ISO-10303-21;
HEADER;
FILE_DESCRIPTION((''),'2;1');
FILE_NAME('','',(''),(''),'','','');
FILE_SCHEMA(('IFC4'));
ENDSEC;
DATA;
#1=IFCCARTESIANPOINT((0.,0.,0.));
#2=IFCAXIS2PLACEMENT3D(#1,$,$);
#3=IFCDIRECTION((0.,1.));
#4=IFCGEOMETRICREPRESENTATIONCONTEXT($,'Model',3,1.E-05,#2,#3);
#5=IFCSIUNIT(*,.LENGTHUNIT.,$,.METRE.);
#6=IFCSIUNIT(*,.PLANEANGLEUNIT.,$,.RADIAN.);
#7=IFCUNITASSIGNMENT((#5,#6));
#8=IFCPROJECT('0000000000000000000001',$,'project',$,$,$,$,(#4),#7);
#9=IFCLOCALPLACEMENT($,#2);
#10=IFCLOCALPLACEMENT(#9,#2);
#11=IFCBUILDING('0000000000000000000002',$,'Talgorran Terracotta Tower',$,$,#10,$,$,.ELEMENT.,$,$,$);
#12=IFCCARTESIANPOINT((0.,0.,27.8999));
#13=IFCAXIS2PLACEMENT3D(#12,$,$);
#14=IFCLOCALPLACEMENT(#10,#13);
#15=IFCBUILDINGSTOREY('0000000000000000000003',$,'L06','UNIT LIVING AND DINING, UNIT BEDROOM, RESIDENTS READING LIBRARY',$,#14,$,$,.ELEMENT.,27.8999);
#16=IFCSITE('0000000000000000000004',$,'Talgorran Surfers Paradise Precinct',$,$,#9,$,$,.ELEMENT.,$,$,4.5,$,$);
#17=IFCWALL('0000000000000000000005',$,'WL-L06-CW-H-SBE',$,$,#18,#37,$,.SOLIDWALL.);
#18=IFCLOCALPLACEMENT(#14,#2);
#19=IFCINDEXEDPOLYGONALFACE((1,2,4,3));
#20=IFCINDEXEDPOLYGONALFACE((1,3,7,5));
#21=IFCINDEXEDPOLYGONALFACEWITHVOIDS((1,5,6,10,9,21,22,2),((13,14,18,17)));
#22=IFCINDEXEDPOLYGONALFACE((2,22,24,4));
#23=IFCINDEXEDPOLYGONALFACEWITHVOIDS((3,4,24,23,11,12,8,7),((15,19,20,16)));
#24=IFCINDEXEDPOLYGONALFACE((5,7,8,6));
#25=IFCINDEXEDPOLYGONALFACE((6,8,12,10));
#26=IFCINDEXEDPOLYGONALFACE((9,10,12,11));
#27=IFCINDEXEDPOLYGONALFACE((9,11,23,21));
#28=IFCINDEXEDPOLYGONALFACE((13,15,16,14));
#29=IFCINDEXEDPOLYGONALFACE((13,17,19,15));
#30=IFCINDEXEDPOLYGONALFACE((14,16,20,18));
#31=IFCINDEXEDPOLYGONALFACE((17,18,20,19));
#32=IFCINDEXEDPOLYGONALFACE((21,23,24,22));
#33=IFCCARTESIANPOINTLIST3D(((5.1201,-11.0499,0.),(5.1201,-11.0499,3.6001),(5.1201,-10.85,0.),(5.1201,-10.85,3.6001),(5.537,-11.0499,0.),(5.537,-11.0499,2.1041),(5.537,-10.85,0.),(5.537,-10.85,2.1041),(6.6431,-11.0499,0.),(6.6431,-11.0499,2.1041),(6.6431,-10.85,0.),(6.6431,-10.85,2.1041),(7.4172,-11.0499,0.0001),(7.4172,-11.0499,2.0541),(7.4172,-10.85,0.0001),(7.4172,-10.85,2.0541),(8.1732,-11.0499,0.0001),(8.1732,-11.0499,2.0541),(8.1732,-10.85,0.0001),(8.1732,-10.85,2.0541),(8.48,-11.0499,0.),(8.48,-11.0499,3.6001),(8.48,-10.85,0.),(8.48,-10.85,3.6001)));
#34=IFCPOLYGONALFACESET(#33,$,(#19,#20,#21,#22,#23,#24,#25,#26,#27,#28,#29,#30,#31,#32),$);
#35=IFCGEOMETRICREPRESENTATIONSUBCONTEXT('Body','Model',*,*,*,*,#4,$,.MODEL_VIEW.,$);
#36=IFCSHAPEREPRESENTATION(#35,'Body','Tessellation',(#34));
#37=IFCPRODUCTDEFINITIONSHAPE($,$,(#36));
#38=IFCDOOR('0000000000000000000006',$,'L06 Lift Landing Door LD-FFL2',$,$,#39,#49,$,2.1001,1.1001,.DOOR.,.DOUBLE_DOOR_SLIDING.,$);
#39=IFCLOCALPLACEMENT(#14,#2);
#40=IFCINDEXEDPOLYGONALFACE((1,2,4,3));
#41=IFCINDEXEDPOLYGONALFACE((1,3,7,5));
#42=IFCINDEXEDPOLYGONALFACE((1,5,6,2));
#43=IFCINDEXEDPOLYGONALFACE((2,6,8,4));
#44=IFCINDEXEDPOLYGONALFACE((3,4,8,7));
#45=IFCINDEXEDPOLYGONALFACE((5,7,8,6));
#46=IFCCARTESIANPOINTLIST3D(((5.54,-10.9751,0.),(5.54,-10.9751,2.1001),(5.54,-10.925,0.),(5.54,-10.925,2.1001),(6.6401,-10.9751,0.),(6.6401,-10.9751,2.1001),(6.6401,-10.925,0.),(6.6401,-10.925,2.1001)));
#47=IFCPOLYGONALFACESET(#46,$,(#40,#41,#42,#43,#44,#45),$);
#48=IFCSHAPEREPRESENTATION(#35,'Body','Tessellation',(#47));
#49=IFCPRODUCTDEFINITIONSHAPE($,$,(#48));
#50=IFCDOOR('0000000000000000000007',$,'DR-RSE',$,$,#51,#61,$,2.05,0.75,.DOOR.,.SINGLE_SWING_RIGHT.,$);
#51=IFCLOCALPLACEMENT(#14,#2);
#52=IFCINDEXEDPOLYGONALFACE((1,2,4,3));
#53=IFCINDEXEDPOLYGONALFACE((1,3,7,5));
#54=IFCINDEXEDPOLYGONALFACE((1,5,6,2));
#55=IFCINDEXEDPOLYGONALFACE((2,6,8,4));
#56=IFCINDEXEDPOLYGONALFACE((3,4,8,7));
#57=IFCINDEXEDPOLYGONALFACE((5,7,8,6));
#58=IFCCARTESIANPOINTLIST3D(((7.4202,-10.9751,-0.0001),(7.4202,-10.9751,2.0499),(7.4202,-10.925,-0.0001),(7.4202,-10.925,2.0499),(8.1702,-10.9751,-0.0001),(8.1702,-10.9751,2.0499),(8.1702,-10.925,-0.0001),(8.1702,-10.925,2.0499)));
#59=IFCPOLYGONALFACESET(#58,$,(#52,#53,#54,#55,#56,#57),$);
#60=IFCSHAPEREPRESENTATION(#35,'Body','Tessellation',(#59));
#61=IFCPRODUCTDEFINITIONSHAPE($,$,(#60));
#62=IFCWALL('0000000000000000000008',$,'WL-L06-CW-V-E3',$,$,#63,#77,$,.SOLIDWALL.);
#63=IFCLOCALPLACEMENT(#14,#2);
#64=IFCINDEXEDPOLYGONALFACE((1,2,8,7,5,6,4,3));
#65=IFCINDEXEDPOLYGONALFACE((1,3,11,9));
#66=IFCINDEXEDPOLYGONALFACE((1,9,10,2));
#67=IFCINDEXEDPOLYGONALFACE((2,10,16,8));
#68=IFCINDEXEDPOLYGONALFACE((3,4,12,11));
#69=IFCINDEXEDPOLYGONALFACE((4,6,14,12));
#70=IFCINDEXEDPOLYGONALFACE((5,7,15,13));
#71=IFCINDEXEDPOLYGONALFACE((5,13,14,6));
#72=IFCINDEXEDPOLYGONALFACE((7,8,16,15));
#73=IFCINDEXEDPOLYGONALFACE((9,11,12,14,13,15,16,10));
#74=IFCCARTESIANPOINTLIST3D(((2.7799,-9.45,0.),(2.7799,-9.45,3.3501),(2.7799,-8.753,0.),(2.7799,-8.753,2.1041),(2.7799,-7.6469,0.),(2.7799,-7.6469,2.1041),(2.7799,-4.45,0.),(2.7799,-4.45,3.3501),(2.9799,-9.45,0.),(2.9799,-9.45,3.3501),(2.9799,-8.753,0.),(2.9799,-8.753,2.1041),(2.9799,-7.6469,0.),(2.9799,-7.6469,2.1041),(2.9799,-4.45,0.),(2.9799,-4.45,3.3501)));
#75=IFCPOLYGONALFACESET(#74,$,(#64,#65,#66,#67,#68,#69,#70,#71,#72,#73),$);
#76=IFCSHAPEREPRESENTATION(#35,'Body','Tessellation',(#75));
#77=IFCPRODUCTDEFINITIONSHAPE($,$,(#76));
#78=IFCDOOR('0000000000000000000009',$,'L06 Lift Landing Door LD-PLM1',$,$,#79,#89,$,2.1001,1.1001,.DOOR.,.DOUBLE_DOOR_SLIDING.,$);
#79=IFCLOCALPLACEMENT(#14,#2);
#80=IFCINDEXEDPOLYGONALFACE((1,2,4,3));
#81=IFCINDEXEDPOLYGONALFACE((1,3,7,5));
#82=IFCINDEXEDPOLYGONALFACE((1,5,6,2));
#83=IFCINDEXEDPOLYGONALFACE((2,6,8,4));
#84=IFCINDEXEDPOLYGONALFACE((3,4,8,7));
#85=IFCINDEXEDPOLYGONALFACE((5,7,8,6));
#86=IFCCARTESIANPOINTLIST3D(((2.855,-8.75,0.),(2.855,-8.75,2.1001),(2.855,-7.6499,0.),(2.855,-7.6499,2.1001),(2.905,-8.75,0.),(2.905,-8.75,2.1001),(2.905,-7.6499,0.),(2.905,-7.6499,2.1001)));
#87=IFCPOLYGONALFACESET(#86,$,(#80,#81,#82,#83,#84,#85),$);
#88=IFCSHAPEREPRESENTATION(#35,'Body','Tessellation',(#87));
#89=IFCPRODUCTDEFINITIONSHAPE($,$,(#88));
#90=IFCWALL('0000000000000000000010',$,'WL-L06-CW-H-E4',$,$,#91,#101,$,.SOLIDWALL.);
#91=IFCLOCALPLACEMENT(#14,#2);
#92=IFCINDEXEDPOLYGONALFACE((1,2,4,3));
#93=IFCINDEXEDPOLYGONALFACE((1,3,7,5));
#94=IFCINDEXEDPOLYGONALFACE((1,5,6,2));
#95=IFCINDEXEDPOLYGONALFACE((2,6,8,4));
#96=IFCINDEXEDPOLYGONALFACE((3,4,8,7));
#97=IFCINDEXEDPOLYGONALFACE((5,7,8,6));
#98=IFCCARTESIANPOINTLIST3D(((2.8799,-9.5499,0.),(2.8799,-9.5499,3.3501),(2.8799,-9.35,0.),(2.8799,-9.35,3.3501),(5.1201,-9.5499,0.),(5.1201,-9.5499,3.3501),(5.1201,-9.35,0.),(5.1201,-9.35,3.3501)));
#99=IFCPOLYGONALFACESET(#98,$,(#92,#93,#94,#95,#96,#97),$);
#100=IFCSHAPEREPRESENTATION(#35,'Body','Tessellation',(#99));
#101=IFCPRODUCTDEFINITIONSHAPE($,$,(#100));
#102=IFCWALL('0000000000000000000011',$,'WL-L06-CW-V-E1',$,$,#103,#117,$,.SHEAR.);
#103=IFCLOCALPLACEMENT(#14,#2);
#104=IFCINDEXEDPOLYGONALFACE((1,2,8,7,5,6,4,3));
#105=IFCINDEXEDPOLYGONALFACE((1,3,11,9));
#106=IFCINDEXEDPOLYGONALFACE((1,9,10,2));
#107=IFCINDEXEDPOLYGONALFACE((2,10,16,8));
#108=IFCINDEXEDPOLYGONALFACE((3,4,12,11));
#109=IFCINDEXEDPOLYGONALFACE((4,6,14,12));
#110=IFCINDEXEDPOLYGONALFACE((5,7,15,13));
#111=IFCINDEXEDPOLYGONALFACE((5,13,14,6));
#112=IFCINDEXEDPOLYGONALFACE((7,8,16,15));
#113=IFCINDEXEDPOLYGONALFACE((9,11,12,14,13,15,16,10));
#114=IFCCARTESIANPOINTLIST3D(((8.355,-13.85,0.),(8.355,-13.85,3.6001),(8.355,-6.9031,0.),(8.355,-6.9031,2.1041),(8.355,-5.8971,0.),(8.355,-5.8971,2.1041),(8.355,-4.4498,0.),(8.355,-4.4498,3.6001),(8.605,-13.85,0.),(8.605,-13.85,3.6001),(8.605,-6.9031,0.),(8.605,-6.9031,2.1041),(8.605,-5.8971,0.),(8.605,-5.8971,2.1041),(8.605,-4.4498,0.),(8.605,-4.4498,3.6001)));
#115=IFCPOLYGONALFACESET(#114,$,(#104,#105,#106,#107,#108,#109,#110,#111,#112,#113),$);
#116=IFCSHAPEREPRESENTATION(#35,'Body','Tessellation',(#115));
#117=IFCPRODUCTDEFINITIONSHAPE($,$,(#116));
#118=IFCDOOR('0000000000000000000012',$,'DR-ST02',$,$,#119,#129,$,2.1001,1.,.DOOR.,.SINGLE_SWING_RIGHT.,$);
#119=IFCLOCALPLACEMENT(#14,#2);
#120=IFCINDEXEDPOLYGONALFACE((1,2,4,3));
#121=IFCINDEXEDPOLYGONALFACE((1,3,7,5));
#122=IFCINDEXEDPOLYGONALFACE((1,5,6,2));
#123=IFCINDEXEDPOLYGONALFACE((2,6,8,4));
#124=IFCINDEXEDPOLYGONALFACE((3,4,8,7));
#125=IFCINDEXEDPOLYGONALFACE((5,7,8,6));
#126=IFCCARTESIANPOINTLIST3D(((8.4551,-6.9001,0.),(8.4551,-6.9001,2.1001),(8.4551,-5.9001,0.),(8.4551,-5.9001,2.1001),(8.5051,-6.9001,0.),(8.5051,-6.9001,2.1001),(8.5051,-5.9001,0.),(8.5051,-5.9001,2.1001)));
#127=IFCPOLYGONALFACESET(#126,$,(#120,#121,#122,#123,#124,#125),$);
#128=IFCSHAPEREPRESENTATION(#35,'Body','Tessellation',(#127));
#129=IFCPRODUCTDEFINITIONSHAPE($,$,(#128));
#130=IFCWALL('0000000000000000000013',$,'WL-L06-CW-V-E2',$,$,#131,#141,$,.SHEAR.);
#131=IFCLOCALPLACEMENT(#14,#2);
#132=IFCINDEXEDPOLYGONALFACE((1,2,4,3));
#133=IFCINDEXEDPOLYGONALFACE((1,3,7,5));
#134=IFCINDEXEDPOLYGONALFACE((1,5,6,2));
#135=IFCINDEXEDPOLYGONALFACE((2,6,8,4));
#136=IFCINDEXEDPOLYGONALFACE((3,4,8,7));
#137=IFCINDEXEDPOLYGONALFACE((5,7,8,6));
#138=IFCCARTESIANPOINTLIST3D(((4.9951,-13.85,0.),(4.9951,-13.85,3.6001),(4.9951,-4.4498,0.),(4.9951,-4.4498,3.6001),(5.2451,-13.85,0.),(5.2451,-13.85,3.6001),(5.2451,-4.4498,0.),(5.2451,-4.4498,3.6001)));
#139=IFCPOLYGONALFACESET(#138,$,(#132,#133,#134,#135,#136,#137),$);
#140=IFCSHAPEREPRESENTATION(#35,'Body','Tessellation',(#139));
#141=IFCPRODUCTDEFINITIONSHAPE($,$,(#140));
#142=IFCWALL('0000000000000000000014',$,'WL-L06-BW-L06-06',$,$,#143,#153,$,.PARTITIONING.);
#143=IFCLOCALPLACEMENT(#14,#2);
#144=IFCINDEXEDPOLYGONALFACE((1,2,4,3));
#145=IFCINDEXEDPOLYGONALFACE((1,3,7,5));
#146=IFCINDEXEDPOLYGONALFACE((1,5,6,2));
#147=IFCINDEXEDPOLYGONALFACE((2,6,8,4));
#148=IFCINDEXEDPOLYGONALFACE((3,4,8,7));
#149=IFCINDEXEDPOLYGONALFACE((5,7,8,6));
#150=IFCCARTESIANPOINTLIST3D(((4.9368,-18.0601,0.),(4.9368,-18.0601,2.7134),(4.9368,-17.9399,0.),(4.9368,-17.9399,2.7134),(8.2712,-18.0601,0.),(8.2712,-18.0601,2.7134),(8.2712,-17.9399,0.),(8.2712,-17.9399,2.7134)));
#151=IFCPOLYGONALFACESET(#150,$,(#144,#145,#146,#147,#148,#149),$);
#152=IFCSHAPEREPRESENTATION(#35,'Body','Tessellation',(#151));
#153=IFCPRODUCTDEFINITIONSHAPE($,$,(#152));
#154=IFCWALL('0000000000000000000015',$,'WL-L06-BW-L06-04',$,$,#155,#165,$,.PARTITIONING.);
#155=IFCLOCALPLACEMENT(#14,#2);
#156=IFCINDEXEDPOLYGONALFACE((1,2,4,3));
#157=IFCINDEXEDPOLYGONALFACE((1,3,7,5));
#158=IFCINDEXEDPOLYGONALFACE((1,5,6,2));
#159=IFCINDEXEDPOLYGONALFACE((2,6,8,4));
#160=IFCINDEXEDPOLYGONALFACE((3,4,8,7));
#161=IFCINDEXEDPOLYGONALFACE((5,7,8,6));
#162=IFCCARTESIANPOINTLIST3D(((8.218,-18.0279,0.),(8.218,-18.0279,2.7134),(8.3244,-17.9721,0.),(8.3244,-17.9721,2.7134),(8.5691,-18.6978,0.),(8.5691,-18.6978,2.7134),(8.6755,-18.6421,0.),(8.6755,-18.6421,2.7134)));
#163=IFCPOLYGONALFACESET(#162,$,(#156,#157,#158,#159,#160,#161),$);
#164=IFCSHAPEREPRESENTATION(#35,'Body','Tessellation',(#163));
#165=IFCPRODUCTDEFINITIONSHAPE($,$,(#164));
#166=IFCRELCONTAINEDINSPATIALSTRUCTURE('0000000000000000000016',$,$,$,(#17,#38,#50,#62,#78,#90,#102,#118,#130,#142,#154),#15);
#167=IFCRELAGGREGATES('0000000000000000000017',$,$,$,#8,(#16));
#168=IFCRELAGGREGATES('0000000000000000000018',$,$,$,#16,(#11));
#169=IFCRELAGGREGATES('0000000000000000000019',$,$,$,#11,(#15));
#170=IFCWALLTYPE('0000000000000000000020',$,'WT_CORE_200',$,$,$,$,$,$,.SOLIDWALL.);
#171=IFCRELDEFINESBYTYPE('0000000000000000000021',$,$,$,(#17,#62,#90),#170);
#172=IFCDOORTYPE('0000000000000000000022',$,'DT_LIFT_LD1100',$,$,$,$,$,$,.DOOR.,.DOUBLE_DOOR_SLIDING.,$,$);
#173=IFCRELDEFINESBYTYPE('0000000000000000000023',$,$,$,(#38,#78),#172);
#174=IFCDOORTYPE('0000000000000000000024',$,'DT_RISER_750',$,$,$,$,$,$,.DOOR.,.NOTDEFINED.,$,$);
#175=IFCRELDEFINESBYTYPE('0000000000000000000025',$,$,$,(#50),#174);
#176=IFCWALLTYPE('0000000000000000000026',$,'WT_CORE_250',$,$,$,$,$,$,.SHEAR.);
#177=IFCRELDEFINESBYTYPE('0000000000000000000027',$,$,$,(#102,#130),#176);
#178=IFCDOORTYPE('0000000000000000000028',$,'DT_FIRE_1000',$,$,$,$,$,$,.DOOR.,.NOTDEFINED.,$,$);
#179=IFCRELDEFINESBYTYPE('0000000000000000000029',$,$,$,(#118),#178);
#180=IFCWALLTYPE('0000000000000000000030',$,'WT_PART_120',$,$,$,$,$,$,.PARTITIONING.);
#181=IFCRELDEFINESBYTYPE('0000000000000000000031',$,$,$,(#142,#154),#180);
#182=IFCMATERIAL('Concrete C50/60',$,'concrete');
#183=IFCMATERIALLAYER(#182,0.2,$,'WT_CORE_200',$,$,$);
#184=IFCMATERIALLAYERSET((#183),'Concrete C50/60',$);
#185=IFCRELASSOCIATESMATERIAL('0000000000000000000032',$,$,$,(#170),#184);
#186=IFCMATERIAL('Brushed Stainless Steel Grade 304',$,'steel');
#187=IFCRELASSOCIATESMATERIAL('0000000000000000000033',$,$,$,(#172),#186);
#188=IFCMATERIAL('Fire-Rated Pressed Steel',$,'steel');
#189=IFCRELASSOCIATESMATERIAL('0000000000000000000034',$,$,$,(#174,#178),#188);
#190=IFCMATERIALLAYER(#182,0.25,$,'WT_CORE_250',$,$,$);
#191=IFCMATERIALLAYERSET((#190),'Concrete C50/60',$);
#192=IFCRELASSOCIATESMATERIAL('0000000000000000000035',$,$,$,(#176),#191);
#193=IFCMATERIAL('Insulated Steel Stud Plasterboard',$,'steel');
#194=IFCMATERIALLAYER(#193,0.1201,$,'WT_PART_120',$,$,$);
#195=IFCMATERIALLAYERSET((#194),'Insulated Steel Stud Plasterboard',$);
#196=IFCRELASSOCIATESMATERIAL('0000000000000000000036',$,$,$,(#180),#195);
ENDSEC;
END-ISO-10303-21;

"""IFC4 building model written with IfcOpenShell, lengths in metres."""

from ifc_helpers import new_model, si_unit, direction, frame, frame_2d, origin, place, context, subcontext, project, spatial, rectangle, extrude, material, layer, layer_set, type_object, element, fill, save


model = new_model("IFC4")

# Units and contexts
model_context = context("Model", 3, precision=1e-05, world=origin(), true_north=direction((0.0, 1.0)))
body_context = subcontext(model_context, "Body", "Model", "MODEL_VIEW")
ifc_project = project(units=[si_unit("LENGTHUNIT", "METRE"), si_unit("PLANEANGLEUNIT", "RADIAN")], contexts=[model_context])

# Site, building, storey
site_placement = place(None, origin())
site = spatial("IfcSite", under=ifc_project, at=site_placement, Name="Talgorran Surfers Paradise Precinct", CompositionType="ELEMENT", RefElevation=4.5)
building_placement = place(site_placement, origin())
building = spatial("IfcBuilding", under=site, at=building_placement, Name="Talgorran Terracotta Tower", CompositionType="ELEMENT")
storey_placement = place(building_placement, frame((0.0, 0.0, 27.8999)))
storey = spatial("IfcBuildingStorey", under=building, at=storey_placement, Name="L06", Description="UNIT LIVING AND DINING, UNIT BEDROOM, RESIDENTS READING LIBRARY", CompositionType="ELEMENT", Elevation=27.8999)

# Shared definitions
ifc_material_1 = material(Name="Concrete C50/60", Category="concrete")
ifc_layer_1 = layer(ifc_material_1, 0.2, Name="WT_CORE_200")
ifc_layer_set_1 = layer_set([ifc_layer_1], Name="Concrete C50/60")
wall_type_1 = type_object("IfcWallType", Name="WT_CORE_200", PredefinedType="SOLIDWALL", material=ifc_layer_set_1)

# Wall, openings, doors
wall_1_placement = place(storey_placement, frame((5.1201, -10.95, 0.0), z_axis=(0.0, 0.0, 1.0), x_axis=(1.0, 0.0, 0.0)))
wall_1 = element("IfcWall", 1, at=wall_1_placement, inside=storey, type_object=wall_type_1, Name="WL-L06-CW-H-SBE", PredefinedType="SOLIDWALL", context=body_context, shape_type="SweptSolid", body=[
    extrude(rectangle(XDim=3.3599, YDim=0.2, at=frame_2d((1.6799, 0.0))), origin(), (0.0, 0.0, 1.0), 3.6001),
])
opening_1_placement = place(wall_1_placement, frame((0.4199, 0.0, 0.0)))
opening_1 = element("IfcOpeningElement", 2, at=opening_1_placement, cuts=wall_1, PredefinedType="OPENING", context=body_context, shape_type="SweptSolid", body=[
    extrude(rectangle(XDim=1.1061, YDim=2.1041, at=frame_2d((0.55, 1.052))), frame((0.0, 0.1099, 0.0), z_axis=(0.0, -1.0, 0.0), x_axis=(1.0, 0.0, 0.0)), (0.0, 0.0, 1.0), 0.22),
])
opening_2_placement = place(wall_1_placement, frame((2.3, 0.0, 0.0)))
opening_2 = element("IfcOpeningElement", 3, at=opening_2_placement, cuts=wall_1, PredefinedType="OPENING", context=body_context, shape_type="SweptSolid", body=[
    extrude(rectangle(XDim=0.756, YDim=2.054, at=frame_2d((0.375, 1.0271))), frame((0.0, 0.1099, 0.0), z_axis=(0.0, -1.0, 0.0), x_axis=(1.0, 0.0, 0.0)), (0.0, 0.0, 1.0), 0.22),
])
ifc_material_2 = material(Name="Brushed Stainless Steel Grade 304", Category="steel")
door_type_1 = type_object("IfcDoorType", Name="DT_LIFT_LD1100", OperationType="DOUBLE_DOOR_SLIDING", PredefinedType="DOOR", material=ifc_material_2)
door_1_placement = place(opening_1_placement, origin())
door_1 = element("IfcDoor", 4, at=door_1_placement, inside=storey, type_object=door_type_1, Name="L06 Lift Landing Door LD-FFL2", OperationType="DOUBLE_DOOR_SLIDING", OverallHeight=2.1001, OverallWidth=1.1001, PredefinedType="DOOR", context=body_context, shape_type="SweptSolid", body=[
    extrude(rectangle(XDim=1.1001, YDim=2.1001, at=frame_2d((0.55, 1.05))), frame((0.0, 0.0249, 0.0), z_axis=(0.0, -1.0, 0.0), x_axis=(1.0, 0.0, 0.0)), (0.0, 0.0, 1.0), 0.05),
])
fill(opening_1, door_1)
ifc_material_3 = material(Name="Fire-Rated Pressed Steel", Category="steel")
door_type_2 = type_object("IfcDoorType", Name="DT_RISER_750", OperationType="NOTDEFINED", PredefinedType="DOOR", material=ifc_material_3)
door_2_placement = place(opening_2_placement, origin())
door_2 = element("IfcDoor", 5, at=door_2_placement, inside=storey, type_object=door_type_2, Name="DR-RSE", OperationType="SINGLE_SWING_RIGHT", OverallHeight=2.05, OverallWidth=0.75, PredefinedType="DOOR", context=body_context, shape_type="SweptSolid", body=[
    extrude(rectangle(XDim=0.75, YDim=2.05, at=frame_2d((0.375, 1.0249))), frame((0.0, 0.0249, 0.0), z_axis=(0.0, -1.0, 0.0), x_axis=(1.0, 0.0, 0.0)), (0.0, 0.0, 1.0), 0.05),
])
fill(opening_2, door_2)

# Wall, opening, door
wall_2_placement = place(storey_placement, frame((2.8799, -9.45, 0.0), z_axis=(0.0, 0.0, 1.0), x_axis=(0.0, 1.0, 0.0)))
wall_2 = element("IfcWall", 6, at=wall_2_placement, inside=storey, type_object=wall_type_1, Name="WL-L06-CW-V-E3", PredefinedType="SOLIDWALL", context=body_context, shape_type="SweptSolid", body=[
    extrude(rectangle(XDim=5.0, YDim=0.2, at=frame_2d((2.5, 0.0))), origin(), (0.0, 0.0, 1.0), 3.3501),
])
opening_3_placement = place(wall_2_placement, frame((0.7, 0.0, 0.0)))
opening_3 = element("IfcOpeningElement", 7, at=opening_3_placement, cuts=wall_2, PredefinedType="OPENING", context=body_context, shape_type="SweptSolid", body=[
    extrude(rectangle(XDim=1.1061, YDim=2.1041, at=frame_2d((0.55, 1.052))), frame((0.0, 0.1099, 0.0), z_axis=(0.0, -1.0, 0.0), x_axis=(1.0, 0.0, 0.0)), (0.0, 0.0, 1.0), 0.22),
])
door_3_placement = place(opening_3_placement, origin())
door_3 = element("IfcDoor", 8, at=door_3_placement, inside=storey, type_object=door_type_1, Name="L06 Lift Landing Door LD-PLM1", OperationType="DOUBLE_DOOR_SLIDING", OverallHeight=2.1001, OverallWidth=1.1001, PredefinedType="DOOR", context=body_context, shape_type="SweptSolid", body=[
    extrude(rectangle(XDim=1.1001, YDim=2.1001, at=frame_2d((0.55, 1.05))), frame((0.0, 0.0249, 0.0), z_axis=(0.0, -1.0, 0.0), x_axis=(1.0, 0.0, 0.0)), (0.0, 0.0, 1.0), 0.05),
])
fill(opening_3, door_3)

# Wall
wall_3_placement = place(storey_placement, frame((2.8799, -9.45, 0.0), z_axis=(0.0, 0.0, 1.0), x_axis=(1.0, 0.0, 0.0)))
element("IfcWall", 9, at=wall_3_placement, inside=storey, type_object=wall_type_1, Name="WL-L06-CW-H-E4", PredefinedType="SOLIDWALL", context=body_context, shape_type="SweptSolid", body=[
    extrude(rectangle(XDim=2.2402, YDim=0.2, at=frame_2d((1.1201, 0.0))), origin(), (0.0, 0.0, 1.0), 3.3501),
])

# Wall, opening, door
ifc_layer_2 = layer(ifc_material_1, 0.25, Name="WT_CORE_250")
ifc_layer_set_2 = layer_set([ifc_layer_2], Name="Concrete C50/60")
wall_type_2 = type_object("IfcWallType", Name="WT_CORE_250", PredefinedType="SHEAR", material=ifc_layer_set_2)
wall_4_placement = place(storey_placement, frame((8.48, -13.8501, 0.0), z_axis=(0.0, 0.0, 1.0), x_axis=(0.0, 1.0, 0.0)))
wall_4 = element("IfcWall", 10, at=wall_4_placement, inside=storey, type_object=wall_type_2, Name="WL-L06-CW-V-E1", PredefinedType="SHEAR", context=body_context, shape_type="SweptSolid", body=[
    extrude(rectangle(XDim=9.4001, YDim=0.25, at=frame_2d((4.7002, 0.0))), origin(), (0.0, 0.0, 1.0), 3.6001),
])
opening_4_placement = place(wall_4_placement, frame((6.95, 0.0, 0.0)))
opening_4 = element("IfcOpeningElement", 11, at=opening_4_placement, cuts=wall_4, PredefinedType="OPENING", context=body_context, shape_type="SweptSolid", body=[
    extrude(rectangle(XDim=1.006, YDim=2.1041, at=frame_2d((0.5, 1.052))), frame((0.0, 0.135, 0.0), z_axis=(0.0, -1.0, 0.0), x_axis=(1.0, 0.0, 0.0)), (0.0, 0.0, 1.0), 0.27),
])
door_type_3 = type_object("IfcDoorType", Name="DT_FIRE_1000", OperationType="NOTDEFINED", PredefinedType="DOOR", material=ifc_material_3)
door_4_placement = place(opening_4_placement, origin())
door_4 = element("IfcDoor", 12, at=door_4_placement, inside=storey, type_object=door_type_3, Name="DR-ST02", OperationType="SINGLE_SWING_RIGHT", OverallHeight=2.1001, OverallWidth=1.0, PredefinedType="DOOR", context=body_context, shape_type="SweptSolid", body=[
    extrude(rectangle(XDim=1.0, YDim=2.1001, at=frame_2d((0.5, 1.05))), frame((0.0, 0.0249, 0.0), z_axis=(0.0, -1.0, 0.0), x_axis=(1.0, 0.0, 0.0)), (0.0, 0.0, 1.0), 0.05),
])
fill(opening_4, door_4)

# Walls
wall_5_placement = place(storey_placement, frame((5.1201, -13.8501, 0.0), z_axis=(0.0, 0.0, 1.0), x_axis=(0.0, 1.0, 0.0)))
element("IfcWall", 13, at=wall_5_placement, inside=storey, type_object=wall_type_2, Name="WL-L06-CW-V-E2", PredefinedType="SHEAR", context=body_context, shape_type="SweptSolid", body=[
    extrude(rectangle(XDim=9.4001, YDim=0.25, at=frame_2d((4.7002, 0.0))), origin(), (0.0, 0.0, 1.0), 3.6001),
])
ifc_material_4 = material(Name="Insulated Steel Stud Plasterboard", Category="steel")
ifc_layer_3 = layer(ifc_material_4, 0.1201, Name="WT_PART_120")
ifc_layer_set_3 = layer_set([ifc_layer_3], Name="Insulated Steel Stud Plasterboard")
wall_type_3 = type_object("IfcWallType", Name="WT_PART_120", PredefinedType="PARTITIONING", material=ifc_layer_set_3)
wall_6_placement = place(storey_placement, frame((4.9368, -18.0, 0.0), z_axis=(0.0, 0.0, 1.0), x_axis=(1.0, 0.0, 0.0)))
element("IfcWall", 14, at=wall_6_placement, inside=storey, type_object=wall_type_3, Name="WL-L06-BW-L06-06", PredefinedType="PARTITIONING", context=body_context, shape_type="SweptSolid", body=[
    extrude(rectangle(XDim=3.3345, YDim=0.1201, at=frame_2d((1.6672, 0.0))), origin(), (0.0, 0.0, 1.0), 2.7134),
])
wall_7_placement = place(storey_placement, frame((8.2712, -18.0, 0.0), z_axis=(0.0, 0.0, 1.0), x_axis=(0.464176, -0.885743, 0.0)))
element("IfcWall", 15, at=wall_7_placement, inside=storey, type_object=wall_type_3, Name="WL-L06-BW-L06-04", PredefinedType="PARTITIONING", context=body_context, shape_type="SweptSolid", body=[
    extrude(rectangle(XDim=0.7563, YDim=0.1201, at=frame_2d((0.3782, 0.0))), origin(), (0.0, 0.0, 1.0), 2.7134),
])

save(model, "model.ifc")
